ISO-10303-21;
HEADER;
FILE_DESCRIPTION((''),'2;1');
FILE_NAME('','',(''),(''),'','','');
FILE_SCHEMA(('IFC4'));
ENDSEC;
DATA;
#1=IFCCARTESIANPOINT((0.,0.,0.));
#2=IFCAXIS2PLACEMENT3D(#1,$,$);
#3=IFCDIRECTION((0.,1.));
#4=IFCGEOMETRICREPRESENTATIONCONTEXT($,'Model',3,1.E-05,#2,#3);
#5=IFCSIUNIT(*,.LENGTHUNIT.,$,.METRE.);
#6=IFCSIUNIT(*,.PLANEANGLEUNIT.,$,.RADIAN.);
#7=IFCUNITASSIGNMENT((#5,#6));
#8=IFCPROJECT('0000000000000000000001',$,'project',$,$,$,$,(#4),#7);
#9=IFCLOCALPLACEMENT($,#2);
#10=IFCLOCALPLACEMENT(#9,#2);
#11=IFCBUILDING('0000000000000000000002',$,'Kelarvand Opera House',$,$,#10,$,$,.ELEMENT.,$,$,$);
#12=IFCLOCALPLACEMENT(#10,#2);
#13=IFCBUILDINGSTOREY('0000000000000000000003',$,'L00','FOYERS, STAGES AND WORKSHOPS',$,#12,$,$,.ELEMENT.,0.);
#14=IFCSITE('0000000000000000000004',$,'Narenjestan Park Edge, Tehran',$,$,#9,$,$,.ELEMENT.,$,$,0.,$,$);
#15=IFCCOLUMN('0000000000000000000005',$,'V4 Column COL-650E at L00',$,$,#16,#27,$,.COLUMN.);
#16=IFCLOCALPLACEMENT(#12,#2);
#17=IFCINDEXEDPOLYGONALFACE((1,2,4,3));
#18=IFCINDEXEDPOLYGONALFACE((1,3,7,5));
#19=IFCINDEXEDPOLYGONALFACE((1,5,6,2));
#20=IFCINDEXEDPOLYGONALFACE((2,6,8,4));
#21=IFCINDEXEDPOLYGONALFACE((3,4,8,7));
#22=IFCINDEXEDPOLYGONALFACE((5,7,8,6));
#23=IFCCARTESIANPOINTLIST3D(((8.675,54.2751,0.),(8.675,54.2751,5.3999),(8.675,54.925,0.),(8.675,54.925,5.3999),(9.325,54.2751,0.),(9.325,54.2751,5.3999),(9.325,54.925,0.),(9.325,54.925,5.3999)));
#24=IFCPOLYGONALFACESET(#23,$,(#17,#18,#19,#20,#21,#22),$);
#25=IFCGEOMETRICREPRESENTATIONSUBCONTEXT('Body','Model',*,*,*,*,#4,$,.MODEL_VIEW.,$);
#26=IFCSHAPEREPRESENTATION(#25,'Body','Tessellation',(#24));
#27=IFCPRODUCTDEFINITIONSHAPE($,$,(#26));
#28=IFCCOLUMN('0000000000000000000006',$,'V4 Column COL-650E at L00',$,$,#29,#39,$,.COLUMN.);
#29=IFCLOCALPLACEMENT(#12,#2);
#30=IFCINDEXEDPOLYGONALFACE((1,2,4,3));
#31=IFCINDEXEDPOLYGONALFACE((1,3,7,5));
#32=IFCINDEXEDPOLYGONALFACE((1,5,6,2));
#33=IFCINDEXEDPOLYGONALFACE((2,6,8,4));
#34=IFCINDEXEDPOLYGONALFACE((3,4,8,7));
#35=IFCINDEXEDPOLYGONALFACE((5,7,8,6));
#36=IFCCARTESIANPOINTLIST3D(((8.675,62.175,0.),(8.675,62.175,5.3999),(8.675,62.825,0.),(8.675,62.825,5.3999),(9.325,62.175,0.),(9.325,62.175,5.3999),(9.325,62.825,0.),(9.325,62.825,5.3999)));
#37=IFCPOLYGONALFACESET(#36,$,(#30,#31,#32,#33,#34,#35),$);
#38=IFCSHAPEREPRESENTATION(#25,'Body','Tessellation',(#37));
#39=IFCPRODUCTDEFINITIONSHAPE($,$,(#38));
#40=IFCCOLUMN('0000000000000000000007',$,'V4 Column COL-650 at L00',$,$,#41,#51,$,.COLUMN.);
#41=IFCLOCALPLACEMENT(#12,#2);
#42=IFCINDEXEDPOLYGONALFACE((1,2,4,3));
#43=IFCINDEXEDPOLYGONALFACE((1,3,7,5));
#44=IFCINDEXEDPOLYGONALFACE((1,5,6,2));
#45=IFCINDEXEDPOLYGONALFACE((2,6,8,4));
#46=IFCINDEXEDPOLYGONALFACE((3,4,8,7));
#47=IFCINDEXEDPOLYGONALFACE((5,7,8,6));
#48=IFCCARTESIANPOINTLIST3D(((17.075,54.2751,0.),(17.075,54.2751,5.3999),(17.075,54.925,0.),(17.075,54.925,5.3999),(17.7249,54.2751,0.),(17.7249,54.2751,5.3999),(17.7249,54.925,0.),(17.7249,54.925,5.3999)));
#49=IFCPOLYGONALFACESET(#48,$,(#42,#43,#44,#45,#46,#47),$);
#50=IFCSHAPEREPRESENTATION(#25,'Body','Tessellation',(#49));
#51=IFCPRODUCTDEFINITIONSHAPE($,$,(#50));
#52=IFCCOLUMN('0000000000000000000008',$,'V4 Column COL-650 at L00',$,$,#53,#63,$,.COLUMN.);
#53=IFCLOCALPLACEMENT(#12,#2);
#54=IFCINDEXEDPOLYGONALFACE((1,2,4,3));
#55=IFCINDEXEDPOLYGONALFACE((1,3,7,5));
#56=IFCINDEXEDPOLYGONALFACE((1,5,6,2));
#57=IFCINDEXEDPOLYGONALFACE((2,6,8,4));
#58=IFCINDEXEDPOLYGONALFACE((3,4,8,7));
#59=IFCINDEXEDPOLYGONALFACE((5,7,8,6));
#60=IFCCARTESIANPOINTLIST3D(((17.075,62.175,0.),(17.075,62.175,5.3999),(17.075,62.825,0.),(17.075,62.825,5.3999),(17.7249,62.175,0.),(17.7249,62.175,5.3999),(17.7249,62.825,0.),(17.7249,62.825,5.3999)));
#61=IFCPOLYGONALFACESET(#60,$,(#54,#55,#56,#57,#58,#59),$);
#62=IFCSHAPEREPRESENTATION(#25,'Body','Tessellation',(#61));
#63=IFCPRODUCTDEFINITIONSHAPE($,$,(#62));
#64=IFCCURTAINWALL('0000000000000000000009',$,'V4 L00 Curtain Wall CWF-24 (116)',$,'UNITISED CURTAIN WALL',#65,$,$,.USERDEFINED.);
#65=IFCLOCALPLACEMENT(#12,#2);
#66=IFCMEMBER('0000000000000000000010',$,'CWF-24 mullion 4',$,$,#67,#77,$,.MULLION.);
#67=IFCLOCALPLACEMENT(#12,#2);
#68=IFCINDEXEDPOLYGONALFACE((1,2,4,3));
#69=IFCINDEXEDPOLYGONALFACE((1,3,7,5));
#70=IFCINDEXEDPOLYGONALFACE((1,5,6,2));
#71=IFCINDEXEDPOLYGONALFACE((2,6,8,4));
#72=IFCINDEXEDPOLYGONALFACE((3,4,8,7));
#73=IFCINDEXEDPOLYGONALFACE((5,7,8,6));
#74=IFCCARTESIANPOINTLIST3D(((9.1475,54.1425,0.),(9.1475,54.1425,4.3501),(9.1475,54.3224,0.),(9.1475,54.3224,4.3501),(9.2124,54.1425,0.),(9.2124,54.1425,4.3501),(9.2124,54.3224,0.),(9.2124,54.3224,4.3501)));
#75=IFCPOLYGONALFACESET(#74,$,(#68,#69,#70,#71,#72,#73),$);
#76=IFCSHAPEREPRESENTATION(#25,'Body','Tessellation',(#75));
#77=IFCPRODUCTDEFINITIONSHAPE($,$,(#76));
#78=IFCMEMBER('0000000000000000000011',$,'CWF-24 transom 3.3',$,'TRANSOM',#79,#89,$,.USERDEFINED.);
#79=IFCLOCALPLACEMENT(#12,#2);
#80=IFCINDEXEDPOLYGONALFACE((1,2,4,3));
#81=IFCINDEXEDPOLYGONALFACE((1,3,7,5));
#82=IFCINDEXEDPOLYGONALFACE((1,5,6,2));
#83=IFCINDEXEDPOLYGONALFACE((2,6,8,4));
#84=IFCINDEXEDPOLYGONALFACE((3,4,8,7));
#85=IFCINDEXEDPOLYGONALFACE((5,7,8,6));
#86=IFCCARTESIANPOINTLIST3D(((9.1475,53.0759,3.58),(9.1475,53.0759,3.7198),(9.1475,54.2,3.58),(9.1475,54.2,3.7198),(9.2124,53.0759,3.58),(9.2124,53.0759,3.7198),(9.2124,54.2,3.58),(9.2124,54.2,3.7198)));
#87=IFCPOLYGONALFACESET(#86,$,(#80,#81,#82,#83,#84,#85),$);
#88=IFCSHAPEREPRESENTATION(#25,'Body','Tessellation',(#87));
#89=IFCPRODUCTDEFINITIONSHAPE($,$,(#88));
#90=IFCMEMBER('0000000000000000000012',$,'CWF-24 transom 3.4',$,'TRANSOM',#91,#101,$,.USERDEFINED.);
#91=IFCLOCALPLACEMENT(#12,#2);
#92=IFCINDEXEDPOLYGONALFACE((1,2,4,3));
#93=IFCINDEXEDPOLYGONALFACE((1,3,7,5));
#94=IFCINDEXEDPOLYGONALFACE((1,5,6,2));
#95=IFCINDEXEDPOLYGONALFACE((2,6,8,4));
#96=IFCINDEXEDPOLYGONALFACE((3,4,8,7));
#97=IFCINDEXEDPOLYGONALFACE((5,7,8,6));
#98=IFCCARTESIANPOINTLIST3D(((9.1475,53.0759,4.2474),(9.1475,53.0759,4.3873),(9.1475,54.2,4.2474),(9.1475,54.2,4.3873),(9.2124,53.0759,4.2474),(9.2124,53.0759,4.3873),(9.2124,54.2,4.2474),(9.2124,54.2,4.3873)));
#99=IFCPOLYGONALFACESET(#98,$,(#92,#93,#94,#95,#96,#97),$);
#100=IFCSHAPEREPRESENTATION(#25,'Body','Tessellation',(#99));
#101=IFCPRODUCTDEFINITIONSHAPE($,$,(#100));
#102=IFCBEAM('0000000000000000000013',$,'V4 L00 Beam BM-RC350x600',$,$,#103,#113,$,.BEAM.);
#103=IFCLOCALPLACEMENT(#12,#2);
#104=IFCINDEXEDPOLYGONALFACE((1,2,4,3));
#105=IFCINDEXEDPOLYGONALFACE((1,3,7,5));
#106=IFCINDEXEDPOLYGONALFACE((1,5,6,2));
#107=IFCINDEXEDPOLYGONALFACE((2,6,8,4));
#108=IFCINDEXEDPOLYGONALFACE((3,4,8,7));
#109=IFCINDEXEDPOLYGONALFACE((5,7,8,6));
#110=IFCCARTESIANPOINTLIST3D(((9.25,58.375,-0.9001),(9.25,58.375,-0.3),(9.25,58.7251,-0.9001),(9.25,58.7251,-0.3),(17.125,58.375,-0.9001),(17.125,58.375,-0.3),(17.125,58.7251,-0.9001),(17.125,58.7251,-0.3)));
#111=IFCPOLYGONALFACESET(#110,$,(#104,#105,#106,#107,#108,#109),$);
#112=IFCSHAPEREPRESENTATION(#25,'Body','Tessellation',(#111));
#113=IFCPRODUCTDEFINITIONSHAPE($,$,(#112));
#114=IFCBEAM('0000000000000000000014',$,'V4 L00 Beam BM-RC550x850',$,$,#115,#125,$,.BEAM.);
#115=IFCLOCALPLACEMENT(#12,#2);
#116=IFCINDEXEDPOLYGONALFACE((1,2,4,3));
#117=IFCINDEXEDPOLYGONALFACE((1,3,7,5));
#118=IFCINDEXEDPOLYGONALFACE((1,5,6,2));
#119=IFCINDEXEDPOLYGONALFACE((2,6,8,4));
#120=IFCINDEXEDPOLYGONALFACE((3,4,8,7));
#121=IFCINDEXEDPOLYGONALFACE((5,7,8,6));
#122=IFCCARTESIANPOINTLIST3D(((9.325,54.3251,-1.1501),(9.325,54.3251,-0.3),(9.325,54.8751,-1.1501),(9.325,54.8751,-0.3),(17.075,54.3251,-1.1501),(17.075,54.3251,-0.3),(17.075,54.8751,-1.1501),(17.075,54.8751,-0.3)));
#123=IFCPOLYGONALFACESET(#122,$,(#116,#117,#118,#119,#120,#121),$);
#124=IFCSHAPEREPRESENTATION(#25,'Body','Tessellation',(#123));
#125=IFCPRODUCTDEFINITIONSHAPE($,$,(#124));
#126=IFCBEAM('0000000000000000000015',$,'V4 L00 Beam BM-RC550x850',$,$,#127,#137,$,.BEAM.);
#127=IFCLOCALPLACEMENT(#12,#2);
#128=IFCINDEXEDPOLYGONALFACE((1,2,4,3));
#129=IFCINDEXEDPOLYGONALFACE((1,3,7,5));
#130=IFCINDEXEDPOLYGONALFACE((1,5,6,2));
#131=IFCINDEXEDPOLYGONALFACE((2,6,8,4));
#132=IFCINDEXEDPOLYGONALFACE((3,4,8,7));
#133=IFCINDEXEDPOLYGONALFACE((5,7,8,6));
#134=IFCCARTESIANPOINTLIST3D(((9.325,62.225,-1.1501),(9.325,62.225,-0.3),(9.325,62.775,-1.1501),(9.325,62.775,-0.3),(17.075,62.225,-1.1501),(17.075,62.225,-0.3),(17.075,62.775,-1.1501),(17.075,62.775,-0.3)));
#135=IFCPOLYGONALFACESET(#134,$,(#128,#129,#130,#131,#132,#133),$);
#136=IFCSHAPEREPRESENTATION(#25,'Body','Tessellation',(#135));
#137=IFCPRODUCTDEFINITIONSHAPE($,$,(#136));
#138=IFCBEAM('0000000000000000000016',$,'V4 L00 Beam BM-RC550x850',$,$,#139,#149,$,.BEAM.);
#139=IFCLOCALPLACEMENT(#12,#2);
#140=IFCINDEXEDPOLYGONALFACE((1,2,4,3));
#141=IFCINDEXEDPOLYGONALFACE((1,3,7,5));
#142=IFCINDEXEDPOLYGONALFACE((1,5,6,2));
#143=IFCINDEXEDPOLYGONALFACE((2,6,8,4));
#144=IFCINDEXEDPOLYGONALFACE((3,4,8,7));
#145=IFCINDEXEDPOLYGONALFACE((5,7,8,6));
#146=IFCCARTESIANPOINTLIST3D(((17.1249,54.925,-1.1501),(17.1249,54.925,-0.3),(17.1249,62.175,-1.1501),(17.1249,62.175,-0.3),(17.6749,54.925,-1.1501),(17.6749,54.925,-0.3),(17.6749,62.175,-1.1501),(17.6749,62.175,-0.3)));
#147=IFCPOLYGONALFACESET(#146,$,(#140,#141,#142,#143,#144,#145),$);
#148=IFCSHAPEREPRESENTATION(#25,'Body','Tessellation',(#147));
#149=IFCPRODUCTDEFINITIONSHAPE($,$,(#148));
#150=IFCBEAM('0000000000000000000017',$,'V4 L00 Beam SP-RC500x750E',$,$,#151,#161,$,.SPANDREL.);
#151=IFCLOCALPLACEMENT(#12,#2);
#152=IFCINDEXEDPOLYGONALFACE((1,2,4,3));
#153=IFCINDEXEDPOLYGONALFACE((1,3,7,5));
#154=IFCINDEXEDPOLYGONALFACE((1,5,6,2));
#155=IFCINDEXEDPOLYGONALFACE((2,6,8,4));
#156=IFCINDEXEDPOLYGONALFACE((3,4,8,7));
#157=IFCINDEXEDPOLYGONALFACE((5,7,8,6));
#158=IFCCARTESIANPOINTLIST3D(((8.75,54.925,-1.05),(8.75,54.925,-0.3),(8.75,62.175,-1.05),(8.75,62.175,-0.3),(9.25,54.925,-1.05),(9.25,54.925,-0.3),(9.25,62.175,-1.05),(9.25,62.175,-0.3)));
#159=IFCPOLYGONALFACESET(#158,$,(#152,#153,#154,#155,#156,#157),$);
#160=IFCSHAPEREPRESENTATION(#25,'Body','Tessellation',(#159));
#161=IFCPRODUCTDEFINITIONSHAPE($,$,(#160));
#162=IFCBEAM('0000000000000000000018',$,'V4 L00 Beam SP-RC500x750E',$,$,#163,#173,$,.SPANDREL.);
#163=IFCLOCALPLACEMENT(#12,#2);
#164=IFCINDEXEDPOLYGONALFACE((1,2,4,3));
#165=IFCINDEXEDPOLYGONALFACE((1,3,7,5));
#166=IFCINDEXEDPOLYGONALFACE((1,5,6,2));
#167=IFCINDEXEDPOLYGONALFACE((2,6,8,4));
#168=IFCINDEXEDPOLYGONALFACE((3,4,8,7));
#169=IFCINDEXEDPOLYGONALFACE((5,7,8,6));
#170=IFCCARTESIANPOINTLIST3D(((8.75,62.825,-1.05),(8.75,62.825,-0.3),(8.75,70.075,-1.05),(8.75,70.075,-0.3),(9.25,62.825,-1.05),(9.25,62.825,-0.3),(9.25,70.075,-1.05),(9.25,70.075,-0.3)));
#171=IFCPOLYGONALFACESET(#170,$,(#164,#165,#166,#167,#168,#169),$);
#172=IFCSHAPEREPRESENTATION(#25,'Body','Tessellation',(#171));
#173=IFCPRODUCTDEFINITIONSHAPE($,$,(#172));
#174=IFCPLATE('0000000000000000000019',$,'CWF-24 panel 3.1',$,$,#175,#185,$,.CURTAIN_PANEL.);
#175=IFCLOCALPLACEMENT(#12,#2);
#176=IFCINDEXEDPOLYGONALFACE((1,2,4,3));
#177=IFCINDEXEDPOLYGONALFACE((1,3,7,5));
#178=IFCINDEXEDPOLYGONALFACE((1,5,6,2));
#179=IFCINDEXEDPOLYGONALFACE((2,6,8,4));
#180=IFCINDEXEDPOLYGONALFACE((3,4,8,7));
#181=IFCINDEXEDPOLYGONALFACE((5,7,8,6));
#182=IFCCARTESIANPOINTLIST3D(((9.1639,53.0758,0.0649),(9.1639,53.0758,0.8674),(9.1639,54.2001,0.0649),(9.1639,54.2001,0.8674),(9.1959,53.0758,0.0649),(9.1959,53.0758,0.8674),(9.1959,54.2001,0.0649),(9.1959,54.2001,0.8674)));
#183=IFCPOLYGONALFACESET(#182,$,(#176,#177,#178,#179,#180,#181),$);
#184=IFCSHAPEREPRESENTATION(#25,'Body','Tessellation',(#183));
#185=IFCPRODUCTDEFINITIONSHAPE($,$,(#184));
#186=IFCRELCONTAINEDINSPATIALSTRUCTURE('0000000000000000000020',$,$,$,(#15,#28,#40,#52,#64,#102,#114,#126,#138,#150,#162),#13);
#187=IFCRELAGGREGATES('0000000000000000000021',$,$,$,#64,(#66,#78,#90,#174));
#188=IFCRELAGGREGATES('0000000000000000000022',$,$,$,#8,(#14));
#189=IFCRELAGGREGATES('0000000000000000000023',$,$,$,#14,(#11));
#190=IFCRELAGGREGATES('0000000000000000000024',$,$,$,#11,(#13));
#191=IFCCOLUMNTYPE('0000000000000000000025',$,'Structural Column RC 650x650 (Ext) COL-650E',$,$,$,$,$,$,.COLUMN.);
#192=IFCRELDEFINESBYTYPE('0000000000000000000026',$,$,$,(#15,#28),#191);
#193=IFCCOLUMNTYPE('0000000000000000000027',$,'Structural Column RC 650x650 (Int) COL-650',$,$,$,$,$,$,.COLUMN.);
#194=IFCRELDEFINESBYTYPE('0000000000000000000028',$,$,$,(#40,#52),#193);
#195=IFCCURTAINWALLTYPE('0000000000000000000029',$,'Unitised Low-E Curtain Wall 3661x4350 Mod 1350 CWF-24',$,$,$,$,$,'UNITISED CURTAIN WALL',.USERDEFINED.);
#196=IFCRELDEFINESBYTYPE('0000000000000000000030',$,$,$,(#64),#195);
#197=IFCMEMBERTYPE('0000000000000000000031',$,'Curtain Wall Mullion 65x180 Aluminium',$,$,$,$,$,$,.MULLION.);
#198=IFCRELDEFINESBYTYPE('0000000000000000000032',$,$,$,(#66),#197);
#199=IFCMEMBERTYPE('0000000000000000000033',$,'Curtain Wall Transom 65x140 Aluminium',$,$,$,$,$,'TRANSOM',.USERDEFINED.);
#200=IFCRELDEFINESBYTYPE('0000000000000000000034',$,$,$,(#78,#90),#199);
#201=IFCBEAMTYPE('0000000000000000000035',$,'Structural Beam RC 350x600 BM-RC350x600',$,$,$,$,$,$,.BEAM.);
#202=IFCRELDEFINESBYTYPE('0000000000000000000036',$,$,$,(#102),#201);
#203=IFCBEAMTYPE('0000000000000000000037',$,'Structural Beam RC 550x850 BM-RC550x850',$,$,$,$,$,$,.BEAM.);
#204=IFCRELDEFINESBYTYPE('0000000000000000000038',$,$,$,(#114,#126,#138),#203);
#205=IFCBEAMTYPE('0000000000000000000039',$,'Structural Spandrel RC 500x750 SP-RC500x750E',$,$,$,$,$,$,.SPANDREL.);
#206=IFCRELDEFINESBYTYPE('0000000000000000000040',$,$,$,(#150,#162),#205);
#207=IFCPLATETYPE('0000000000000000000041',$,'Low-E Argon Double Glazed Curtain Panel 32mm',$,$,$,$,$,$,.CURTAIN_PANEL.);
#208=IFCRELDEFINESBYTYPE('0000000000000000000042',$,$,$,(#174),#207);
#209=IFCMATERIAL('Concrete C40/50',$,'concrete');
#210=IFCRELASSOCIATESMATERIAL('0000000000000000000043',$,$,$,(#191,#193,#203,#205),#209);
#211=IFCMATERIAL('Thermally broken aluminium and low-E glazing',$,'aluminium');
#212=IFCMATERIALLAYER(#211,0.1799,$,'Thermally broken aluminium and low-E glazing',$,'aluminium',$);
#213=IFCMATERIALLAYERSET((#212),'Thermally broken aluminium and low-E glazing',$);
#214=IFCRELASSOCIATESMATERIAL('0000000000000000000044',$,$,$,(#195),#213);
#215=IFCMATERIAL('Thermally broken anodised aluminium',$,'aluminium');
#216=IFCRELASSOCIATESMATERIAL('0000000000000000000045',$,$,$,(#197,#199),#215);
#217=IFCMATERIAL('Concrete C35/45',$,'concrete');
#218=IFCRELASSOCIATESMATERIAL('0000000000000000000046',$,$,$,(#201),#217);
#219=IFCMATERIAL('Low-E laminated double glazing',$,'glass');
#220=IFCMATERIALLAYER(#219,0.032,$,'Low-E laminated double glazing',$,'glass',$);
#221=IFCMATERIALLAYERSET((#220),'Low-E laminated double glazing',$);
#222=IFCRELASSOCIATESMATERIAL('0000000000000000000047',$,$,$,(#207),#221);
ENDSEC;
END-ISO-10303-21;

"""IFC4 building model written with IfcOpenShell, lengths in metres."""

from ifc_helpers import new_model, si_unit, direction, frame, origin, origin_2d, place, context, subcontext, project, spatial, rectangle, extrude, material, layer, layer_set, material_profile, profile_set, type_object, element, aggregate, save


model = new_model("IFC4")

# Units and contexts
model_context = context("Model", 3, precision=1e-05, world=origin(), true_north=direction((0.0, 1.0)))
body_context = subcontext(model_context, "Body", "Model", "MODEL_VIEW")
ifc_project = project(units=[si_unit("LENGTHUNIT", "METRE"), si_unit("PLANEANGLEUNIT", "RADIAN")], contexts=[model_context])

# Site, building, storey
site_placement = place(None, origin())
site = spatial("IfcSite", under=ifc_project, at=site_placement, Name="Narenjestan Park Edge, Tehran", CompositionType="ELEMENT", RefElevation=0.0)
building_placement = place(site_placement, origin())
building = spatial("IfcBuilding", under=site, at=building_placement, Name="Kelarvand Opera House", CompositionType="ELEMENT")
storey_placement = place(building_placement, origin())
storey = spatial("IfcBuildingStorey", under=building, at=storey_placement, Name="L00", Description="FOYERS, STAGES AND WORKSHOPS", CompositionType="ELEMENT", Elevation=0.0)

# Columns
ifc_material_1 = material(Name="Concrete C40/50", Category="concrete")
ifc_material_profile_1 = material_profile(ifc_material_1, rectangle(XDim=0.6499, YDim=0.6499, at=origin_2d()), Name="RC 650x650", Category="concrete")
ifc_profile_set_1 = profile_set([ifc_material_profile_1], Name="Concrete C40/50")
column_type_1 = type_object("IfcColumnType", Name="Structural Column RC 650x650 (Ext) COL-650E", PredefinedType="COLUMN", material=ifc_profile_set_1)
for number, where, z_axis, x_axis, name in (
    (1, (9.0, 54.6001, 0.0), (0.0, 0.0, 1.0), (1.0, 0.0, 0.0), "V4 Column COL-650E at L00"),
    (2, (9.0, 62.5, 0.0), (0.0, 0.0, 1.0), (1.0, 0.0, 0.0), "V4 Column COL-650E at L00"),
):
    element("IfcColumn", number, at=place(storey_placement, frame(where, z_axis=z_axis, x_axis=x_axis)), inside=storey, type_object=column_type_1, Name=name, PredefinedType="COLUMN", context=body_context, shape_type="SweptSolid", body=[
        extrude(rectangle(XDim=0.6499, YDim=0.6499, at=origin_2d()), origin(), (0.0, 0.0, 1.0), 5.3999),
    ])
ifc_material_profile_2 = material_profile(ifc_material_1, rectangle(XDim=0.6499, YDim=0.6499, at=origin_2d()), Name="RC 650x650", Category="concrete")
ifc_profile_set_2 = profile_set([ifc_material_profile_2], Name="Concrete C40/50")
column_type_2 = type_object("IfcColumnType", Name="Structural Column RC 650x650 (Int) COL-650", PredefinedType="COLUMN", material=ifc_profile_set_2)
for number, where, z_axis, x_axis, name in (
    (3, (17.3999, 54.6001, 0.0), (0.0, 0.0, 1.0), (1.0, 0.0, 0.0), "V4 Column COL-650 at L00"),
    (4, (17.3999, 62.5, 0.0), (0.0, 0.0, 1.0), (1.0, 0.0, 0.0), "V4 Column COL-650 at L00"),
):
    element("IfcColumn", number, at=place(storey_placement, frame(where, z_axis=z_axis, x_axis=x_axis)), inside=storey, type_object=column_type_2, Name=name, PredefinedType="COLUMN", context=body_context, shape_type="SweptSolid", body=[
        extrude(rectangle(XDim=0.6499, YDim=0.6499, at=origin_2d()), origin(), (0.0, 0.0, 1.0), 5.3999),
    ])

# Curtain wall, members
ifc_material_2 = material(Name="Thermally broken aluminium and low-E glazing", Category="aluminium")
ifc_layer_1 = layer(ifc_material_2, 0.1799, Name="Thermally broken aluminium and low-E glazing", Category="aluminium")
ifc_layer_set_1 = layer_set([ifc_layer_1], Name="Thermally broken aluminium and low-E glazing")
curtain_wall_type = type_object("IfcCurtainWallType", Name="Unitised Low-E Curtain Wall 3661x4350 Mod 1350 CWF-24", ElementType="UNITISED CURTAIN WALL", PredefinedType="USERDEFINED", material=ifc_layer_set_1)
curtain_wall_placement = place(storey_placement, origin())
curtain_wall = element("IfcCurtainWall", 5, at=curtain_wall_placement, inside=storey, type_object=curtain_wall_type, Name="V4 L00 Curtain Wall CWF-24 (116)", ObjectType="UNITISED CURTAIN WALL", PredefinedType="USERDEFINED")
ifc_material_3 = material(Name="Thermally broken anodised aluminium", Category="aluminium")
ifc_material_profile_3 = material_profile(ifc_material_3, rectangle(XDim=0.0649, YDim=0.1799, at=origin_2d()), Name="ALU MULLION 65x180", Category="aluminium")
ifc_profile_set_3 = profile_set([ifc_material_profile_3], Name="Thermally broken anodised aluminium")
member_type_1 = type_object("IfcMemberType", Name="Curtain Wall Mullion 65x180 Aluminium", PredefinedType="MULLION", material=ifc_profile_set_3)
member_1_placement = place(storey_placement, frame((9.1799, 54.2324, 0.0), z_axis=(0.0, 0.0, 1.0), x_axis=(-1.0, 0.0, 0.0)))
member_1 = element("IfcMember", 6, at=member_1_placement, type_object=member_type_1, Name="CWF-24 mullion 4", PredefinedType="MULLION", context=body_context, shape_type="SweptSolid", body=[
    extrude(rectangle(XDim=0.0649, YDim=0.1799, at=origin_2d()), origin(), (0.0, 0.0, 1.0), 4.3501),
])
ifc_material_profile_4 = material_profile(ifc_material_3, rectangle(XDim=0.0649, YDim=0.1399, at=origin_2d()), Name="ALU TRANSOM 65x140", Category="aluminium")
ifc_profile_set_4 = profile_set([ifc_material_profile_4], Name="Thermally broken anodised aluminium")
member_type_2 = type_object("IfcMemberType", Name="Curtain Wall Transom 65x140 Aluminium", ElementType="TRANSOM", PredefinedType="USERDEFINED", material=ifc_profile_set_4)
member_2_placement = place(storey_placement, frame((9.1799, 53.0759, 3.6499), z_axis=(0.0, 1.0, 0.0), x_axis=(-1.0, 0.0, 0.0)))
member_2 = element("IfcMember", 7, at=member_2_placement, type_object=member_type_2, Name="CWF-24 transom 3.3", ObjectType="TRANSOM", PredefinedType="USERDEFINED", context=body_context, shape_type="SweptSolid", body=[
    extrude(rectangle(XDim=0.0649, YDim=0.1399, at=origin_2d()), origin(), (0.0, 0.0, 1.0), 1.124),
])
member_3_placement = place(storey_placement, frame((9.1799, 53.0759, 4.3174), z_axis=(0.0, 1.0, 0.0), x_axis=(-1.0, 0.0, 0.0)))
member_3 = element("IfcMember", 8, at=member_3_placement, type_object=member_type_2, Name="CWF-24 transom 3.4", ObjectType="TRANSOM", PredefinedType="USERDEFINED", context=body_context, shape_type="SweptSolid", body=[
    extrude(rectangle(XDim=0.0649, YDim=0.1399, at=origin_2d()), origin(), (0.0, 0.0, 1.0), 1.124),
])

# Beams
ifc_material_4 = material(Name="Concrete C35/45", Category="concrete")
ifc_material_profile_5 = material_profile(ifc_material_4, rectangle(XDim=0.3501, YDim=0.6001, at=origin_2d()), Name="RC 350x600", Category="concrete")
ifc_profile_set_5 = profile_set([ifc_material_profile_5], Name="Concrete C35/45")
beam_type_1 = type_object("IfcBeamType", Name="Structural Beam RC 350x600 BM-RC350x600", PredefinedType="BEAM", material=ifc_profile_set_5)
beam_1_placement = place(storey_placement, frame((9.25, 58.55, -0.6001), z_axis=(1.0, 0.0, 0.0), x_axis=(0.0, 1.0, 0.0)))
element("IfcBeam", 9, at=beam_1_placement, inside=storey, type_object=beam_type_1, Name="V4 L00 Beam BM-RC350x600", PredefinedType="BEAM", context=body_context, shape_type="SweptSolid", body=[
    extrude(rectangle(XDim=0.3501, YDim=0.6001, at=origin_2d()), origin(), (0.0, 0.0, 1.0), 7.875),
])
ifc_material_profile_6 = material_profile(ifc_material_1, rectangle(XDim=0.55, YDim=0.8501, at=origin_2d()), Name="RC 550x850", Category="concrete")
ifc_profile_set_6 = profile_set([ifc_material_profile_6], Name="Concrete C40/50")
beam_type_2 = type_object("IfcBeamType", Name="Structural Beam RC 550x850 BM-RC550x850", PredefinedType="BEAM", material=ifc_profile_set_6)
for number, where, z_axis, x_axis, name in (
    (10, (9.325, 54.6001, -0.7251), (1.0, 0.0, 0.0), (0.0, 1.0, 0.0), "V4 L00 Beam BM-RC550x850"),
    (11, (9.325, 62.5, -0.7251), (1.0, 0.0, 0.0), (0.0, 1.0, 0.0), "V4 L00 Beam BM-RC550x850"),
):
    element("IfcBeam", number, at=place(storey_placement, frame(where, z_axis=z_axis, x_axis=x_axis)), inside=storey, type_object=beam_type_2, Name=name, PredefinedType="BEAM", context=body_context, shape_type="SweptSolid", body=[
        extrude(rectangle(XDim=0.55, YDim=0.8501, at=origin_2d()), origin(), (0.0, 0.0, 1.0), 7.75),
    ])
beam_2_placement = place(storey_placement, frame((17.3999, 54.925, -0.7251), z_axis=(0.0, 1.0, 0.0), x_axis=(-1.0, 0.0, 0.0)))
element("IfcBeam", 12, at=beam_2_placement, inside=storey, type_object=beam_type_2, Name="V4 L00 Beam BM-RC550x850", PredefinedType="BEAM", context=body_context, shape_type="SweptSolid", body=[
    extrude(rectangle(XDim=0.55, YDim=0.8501, at=origin_2d()), origin(), (0.0, 0.0, 1.0), 7.25),
])
ifc_material_profile_7 = material_profile(ifc_material_1, rectangle(XDim=0.5, YDim=0.75, at=origin_2d()), Name="RC 500x750", Category="concrete")
ifc_profile_set_7 = profile_set([ifc_material_profile_7], Name="Concrete C40/50")
beam_type_3 = type_object("IfcBeamType", Name="Structural Spandrel RC 500x750 SP-RC500x750E", PredefinedType="SPANDREL", material=ifc_profile_set_7)
for number, where, z_axis, x_axis, name in (
    (13, (9.0, 54.925, -0.675), (0.0, 1.0, 0.0), (-1.0, 0.0, 0.0), "V4 L00 Beam SP-RC500x750E"),
    (14, (9.0, 62.825, -0.675), (0.0, 1.0, 0.0), (-1.0, 0.0, 0.0), "V4 L00 Beam SP-RC500x750E"),
):
    element("IfcBeam", number, at=place(storey_placement, frame(where, z_axis=z_axis, x_axis=x_axis)), inside=storey, type_object=beam_type_3, Name=name, PredefinedType="SPANDREL", context=body_context, shape_type="SweptSolid", body=[
        extrude(rectangle(XDim=0.5, YDim=0.75, at=origin_2d()), origin(), (0.0, 0.0, 1.0), 7.25),
    ])

# Plate
ifc_material_5 = material(Name="Low-E laminated double glazing", Category="glass")
ifc_layer_2 = layer(ifc_material_5, 0.032, Name="Low-E laminated double glazing", Category="glass")
ifc_layer_set_2 = layer_set([ifc_layer_2], Name="Low-E laminated double glazing")
plate_type = type_object("IfcPlateType", Name="Low-E Argon Double Glazed Curtain Panel 32mm", PredefinedType="CURTAIN_PANEL", material=ifc_layer_set_2)
plate_1_placement = place(storey_placement, frame((9.1799, 53.6379, 0.0649), z_axis=(0.0, 0.0, 1.0), x_axis=(0.0, 1.0, 0.0)))
plate_1 = element("IfcPlate", 15, at=plate_1_placement, type_object=plate_type, Name="CWF-24 panel 3.1", PredefinedType="CURTAIN_PANEL", context=body_context, shape_type="SweptSolid", body=[
    extrude(rectangle(XDim=1.1243, YDim=0.032, at=origin_2d()), origin(), (0.0, 0.0, 1.0), 0.8025),
])
aggregate(curtain_wall, [member_1, member_2, member_3, plate_1])

save(model, "model.ifc")
